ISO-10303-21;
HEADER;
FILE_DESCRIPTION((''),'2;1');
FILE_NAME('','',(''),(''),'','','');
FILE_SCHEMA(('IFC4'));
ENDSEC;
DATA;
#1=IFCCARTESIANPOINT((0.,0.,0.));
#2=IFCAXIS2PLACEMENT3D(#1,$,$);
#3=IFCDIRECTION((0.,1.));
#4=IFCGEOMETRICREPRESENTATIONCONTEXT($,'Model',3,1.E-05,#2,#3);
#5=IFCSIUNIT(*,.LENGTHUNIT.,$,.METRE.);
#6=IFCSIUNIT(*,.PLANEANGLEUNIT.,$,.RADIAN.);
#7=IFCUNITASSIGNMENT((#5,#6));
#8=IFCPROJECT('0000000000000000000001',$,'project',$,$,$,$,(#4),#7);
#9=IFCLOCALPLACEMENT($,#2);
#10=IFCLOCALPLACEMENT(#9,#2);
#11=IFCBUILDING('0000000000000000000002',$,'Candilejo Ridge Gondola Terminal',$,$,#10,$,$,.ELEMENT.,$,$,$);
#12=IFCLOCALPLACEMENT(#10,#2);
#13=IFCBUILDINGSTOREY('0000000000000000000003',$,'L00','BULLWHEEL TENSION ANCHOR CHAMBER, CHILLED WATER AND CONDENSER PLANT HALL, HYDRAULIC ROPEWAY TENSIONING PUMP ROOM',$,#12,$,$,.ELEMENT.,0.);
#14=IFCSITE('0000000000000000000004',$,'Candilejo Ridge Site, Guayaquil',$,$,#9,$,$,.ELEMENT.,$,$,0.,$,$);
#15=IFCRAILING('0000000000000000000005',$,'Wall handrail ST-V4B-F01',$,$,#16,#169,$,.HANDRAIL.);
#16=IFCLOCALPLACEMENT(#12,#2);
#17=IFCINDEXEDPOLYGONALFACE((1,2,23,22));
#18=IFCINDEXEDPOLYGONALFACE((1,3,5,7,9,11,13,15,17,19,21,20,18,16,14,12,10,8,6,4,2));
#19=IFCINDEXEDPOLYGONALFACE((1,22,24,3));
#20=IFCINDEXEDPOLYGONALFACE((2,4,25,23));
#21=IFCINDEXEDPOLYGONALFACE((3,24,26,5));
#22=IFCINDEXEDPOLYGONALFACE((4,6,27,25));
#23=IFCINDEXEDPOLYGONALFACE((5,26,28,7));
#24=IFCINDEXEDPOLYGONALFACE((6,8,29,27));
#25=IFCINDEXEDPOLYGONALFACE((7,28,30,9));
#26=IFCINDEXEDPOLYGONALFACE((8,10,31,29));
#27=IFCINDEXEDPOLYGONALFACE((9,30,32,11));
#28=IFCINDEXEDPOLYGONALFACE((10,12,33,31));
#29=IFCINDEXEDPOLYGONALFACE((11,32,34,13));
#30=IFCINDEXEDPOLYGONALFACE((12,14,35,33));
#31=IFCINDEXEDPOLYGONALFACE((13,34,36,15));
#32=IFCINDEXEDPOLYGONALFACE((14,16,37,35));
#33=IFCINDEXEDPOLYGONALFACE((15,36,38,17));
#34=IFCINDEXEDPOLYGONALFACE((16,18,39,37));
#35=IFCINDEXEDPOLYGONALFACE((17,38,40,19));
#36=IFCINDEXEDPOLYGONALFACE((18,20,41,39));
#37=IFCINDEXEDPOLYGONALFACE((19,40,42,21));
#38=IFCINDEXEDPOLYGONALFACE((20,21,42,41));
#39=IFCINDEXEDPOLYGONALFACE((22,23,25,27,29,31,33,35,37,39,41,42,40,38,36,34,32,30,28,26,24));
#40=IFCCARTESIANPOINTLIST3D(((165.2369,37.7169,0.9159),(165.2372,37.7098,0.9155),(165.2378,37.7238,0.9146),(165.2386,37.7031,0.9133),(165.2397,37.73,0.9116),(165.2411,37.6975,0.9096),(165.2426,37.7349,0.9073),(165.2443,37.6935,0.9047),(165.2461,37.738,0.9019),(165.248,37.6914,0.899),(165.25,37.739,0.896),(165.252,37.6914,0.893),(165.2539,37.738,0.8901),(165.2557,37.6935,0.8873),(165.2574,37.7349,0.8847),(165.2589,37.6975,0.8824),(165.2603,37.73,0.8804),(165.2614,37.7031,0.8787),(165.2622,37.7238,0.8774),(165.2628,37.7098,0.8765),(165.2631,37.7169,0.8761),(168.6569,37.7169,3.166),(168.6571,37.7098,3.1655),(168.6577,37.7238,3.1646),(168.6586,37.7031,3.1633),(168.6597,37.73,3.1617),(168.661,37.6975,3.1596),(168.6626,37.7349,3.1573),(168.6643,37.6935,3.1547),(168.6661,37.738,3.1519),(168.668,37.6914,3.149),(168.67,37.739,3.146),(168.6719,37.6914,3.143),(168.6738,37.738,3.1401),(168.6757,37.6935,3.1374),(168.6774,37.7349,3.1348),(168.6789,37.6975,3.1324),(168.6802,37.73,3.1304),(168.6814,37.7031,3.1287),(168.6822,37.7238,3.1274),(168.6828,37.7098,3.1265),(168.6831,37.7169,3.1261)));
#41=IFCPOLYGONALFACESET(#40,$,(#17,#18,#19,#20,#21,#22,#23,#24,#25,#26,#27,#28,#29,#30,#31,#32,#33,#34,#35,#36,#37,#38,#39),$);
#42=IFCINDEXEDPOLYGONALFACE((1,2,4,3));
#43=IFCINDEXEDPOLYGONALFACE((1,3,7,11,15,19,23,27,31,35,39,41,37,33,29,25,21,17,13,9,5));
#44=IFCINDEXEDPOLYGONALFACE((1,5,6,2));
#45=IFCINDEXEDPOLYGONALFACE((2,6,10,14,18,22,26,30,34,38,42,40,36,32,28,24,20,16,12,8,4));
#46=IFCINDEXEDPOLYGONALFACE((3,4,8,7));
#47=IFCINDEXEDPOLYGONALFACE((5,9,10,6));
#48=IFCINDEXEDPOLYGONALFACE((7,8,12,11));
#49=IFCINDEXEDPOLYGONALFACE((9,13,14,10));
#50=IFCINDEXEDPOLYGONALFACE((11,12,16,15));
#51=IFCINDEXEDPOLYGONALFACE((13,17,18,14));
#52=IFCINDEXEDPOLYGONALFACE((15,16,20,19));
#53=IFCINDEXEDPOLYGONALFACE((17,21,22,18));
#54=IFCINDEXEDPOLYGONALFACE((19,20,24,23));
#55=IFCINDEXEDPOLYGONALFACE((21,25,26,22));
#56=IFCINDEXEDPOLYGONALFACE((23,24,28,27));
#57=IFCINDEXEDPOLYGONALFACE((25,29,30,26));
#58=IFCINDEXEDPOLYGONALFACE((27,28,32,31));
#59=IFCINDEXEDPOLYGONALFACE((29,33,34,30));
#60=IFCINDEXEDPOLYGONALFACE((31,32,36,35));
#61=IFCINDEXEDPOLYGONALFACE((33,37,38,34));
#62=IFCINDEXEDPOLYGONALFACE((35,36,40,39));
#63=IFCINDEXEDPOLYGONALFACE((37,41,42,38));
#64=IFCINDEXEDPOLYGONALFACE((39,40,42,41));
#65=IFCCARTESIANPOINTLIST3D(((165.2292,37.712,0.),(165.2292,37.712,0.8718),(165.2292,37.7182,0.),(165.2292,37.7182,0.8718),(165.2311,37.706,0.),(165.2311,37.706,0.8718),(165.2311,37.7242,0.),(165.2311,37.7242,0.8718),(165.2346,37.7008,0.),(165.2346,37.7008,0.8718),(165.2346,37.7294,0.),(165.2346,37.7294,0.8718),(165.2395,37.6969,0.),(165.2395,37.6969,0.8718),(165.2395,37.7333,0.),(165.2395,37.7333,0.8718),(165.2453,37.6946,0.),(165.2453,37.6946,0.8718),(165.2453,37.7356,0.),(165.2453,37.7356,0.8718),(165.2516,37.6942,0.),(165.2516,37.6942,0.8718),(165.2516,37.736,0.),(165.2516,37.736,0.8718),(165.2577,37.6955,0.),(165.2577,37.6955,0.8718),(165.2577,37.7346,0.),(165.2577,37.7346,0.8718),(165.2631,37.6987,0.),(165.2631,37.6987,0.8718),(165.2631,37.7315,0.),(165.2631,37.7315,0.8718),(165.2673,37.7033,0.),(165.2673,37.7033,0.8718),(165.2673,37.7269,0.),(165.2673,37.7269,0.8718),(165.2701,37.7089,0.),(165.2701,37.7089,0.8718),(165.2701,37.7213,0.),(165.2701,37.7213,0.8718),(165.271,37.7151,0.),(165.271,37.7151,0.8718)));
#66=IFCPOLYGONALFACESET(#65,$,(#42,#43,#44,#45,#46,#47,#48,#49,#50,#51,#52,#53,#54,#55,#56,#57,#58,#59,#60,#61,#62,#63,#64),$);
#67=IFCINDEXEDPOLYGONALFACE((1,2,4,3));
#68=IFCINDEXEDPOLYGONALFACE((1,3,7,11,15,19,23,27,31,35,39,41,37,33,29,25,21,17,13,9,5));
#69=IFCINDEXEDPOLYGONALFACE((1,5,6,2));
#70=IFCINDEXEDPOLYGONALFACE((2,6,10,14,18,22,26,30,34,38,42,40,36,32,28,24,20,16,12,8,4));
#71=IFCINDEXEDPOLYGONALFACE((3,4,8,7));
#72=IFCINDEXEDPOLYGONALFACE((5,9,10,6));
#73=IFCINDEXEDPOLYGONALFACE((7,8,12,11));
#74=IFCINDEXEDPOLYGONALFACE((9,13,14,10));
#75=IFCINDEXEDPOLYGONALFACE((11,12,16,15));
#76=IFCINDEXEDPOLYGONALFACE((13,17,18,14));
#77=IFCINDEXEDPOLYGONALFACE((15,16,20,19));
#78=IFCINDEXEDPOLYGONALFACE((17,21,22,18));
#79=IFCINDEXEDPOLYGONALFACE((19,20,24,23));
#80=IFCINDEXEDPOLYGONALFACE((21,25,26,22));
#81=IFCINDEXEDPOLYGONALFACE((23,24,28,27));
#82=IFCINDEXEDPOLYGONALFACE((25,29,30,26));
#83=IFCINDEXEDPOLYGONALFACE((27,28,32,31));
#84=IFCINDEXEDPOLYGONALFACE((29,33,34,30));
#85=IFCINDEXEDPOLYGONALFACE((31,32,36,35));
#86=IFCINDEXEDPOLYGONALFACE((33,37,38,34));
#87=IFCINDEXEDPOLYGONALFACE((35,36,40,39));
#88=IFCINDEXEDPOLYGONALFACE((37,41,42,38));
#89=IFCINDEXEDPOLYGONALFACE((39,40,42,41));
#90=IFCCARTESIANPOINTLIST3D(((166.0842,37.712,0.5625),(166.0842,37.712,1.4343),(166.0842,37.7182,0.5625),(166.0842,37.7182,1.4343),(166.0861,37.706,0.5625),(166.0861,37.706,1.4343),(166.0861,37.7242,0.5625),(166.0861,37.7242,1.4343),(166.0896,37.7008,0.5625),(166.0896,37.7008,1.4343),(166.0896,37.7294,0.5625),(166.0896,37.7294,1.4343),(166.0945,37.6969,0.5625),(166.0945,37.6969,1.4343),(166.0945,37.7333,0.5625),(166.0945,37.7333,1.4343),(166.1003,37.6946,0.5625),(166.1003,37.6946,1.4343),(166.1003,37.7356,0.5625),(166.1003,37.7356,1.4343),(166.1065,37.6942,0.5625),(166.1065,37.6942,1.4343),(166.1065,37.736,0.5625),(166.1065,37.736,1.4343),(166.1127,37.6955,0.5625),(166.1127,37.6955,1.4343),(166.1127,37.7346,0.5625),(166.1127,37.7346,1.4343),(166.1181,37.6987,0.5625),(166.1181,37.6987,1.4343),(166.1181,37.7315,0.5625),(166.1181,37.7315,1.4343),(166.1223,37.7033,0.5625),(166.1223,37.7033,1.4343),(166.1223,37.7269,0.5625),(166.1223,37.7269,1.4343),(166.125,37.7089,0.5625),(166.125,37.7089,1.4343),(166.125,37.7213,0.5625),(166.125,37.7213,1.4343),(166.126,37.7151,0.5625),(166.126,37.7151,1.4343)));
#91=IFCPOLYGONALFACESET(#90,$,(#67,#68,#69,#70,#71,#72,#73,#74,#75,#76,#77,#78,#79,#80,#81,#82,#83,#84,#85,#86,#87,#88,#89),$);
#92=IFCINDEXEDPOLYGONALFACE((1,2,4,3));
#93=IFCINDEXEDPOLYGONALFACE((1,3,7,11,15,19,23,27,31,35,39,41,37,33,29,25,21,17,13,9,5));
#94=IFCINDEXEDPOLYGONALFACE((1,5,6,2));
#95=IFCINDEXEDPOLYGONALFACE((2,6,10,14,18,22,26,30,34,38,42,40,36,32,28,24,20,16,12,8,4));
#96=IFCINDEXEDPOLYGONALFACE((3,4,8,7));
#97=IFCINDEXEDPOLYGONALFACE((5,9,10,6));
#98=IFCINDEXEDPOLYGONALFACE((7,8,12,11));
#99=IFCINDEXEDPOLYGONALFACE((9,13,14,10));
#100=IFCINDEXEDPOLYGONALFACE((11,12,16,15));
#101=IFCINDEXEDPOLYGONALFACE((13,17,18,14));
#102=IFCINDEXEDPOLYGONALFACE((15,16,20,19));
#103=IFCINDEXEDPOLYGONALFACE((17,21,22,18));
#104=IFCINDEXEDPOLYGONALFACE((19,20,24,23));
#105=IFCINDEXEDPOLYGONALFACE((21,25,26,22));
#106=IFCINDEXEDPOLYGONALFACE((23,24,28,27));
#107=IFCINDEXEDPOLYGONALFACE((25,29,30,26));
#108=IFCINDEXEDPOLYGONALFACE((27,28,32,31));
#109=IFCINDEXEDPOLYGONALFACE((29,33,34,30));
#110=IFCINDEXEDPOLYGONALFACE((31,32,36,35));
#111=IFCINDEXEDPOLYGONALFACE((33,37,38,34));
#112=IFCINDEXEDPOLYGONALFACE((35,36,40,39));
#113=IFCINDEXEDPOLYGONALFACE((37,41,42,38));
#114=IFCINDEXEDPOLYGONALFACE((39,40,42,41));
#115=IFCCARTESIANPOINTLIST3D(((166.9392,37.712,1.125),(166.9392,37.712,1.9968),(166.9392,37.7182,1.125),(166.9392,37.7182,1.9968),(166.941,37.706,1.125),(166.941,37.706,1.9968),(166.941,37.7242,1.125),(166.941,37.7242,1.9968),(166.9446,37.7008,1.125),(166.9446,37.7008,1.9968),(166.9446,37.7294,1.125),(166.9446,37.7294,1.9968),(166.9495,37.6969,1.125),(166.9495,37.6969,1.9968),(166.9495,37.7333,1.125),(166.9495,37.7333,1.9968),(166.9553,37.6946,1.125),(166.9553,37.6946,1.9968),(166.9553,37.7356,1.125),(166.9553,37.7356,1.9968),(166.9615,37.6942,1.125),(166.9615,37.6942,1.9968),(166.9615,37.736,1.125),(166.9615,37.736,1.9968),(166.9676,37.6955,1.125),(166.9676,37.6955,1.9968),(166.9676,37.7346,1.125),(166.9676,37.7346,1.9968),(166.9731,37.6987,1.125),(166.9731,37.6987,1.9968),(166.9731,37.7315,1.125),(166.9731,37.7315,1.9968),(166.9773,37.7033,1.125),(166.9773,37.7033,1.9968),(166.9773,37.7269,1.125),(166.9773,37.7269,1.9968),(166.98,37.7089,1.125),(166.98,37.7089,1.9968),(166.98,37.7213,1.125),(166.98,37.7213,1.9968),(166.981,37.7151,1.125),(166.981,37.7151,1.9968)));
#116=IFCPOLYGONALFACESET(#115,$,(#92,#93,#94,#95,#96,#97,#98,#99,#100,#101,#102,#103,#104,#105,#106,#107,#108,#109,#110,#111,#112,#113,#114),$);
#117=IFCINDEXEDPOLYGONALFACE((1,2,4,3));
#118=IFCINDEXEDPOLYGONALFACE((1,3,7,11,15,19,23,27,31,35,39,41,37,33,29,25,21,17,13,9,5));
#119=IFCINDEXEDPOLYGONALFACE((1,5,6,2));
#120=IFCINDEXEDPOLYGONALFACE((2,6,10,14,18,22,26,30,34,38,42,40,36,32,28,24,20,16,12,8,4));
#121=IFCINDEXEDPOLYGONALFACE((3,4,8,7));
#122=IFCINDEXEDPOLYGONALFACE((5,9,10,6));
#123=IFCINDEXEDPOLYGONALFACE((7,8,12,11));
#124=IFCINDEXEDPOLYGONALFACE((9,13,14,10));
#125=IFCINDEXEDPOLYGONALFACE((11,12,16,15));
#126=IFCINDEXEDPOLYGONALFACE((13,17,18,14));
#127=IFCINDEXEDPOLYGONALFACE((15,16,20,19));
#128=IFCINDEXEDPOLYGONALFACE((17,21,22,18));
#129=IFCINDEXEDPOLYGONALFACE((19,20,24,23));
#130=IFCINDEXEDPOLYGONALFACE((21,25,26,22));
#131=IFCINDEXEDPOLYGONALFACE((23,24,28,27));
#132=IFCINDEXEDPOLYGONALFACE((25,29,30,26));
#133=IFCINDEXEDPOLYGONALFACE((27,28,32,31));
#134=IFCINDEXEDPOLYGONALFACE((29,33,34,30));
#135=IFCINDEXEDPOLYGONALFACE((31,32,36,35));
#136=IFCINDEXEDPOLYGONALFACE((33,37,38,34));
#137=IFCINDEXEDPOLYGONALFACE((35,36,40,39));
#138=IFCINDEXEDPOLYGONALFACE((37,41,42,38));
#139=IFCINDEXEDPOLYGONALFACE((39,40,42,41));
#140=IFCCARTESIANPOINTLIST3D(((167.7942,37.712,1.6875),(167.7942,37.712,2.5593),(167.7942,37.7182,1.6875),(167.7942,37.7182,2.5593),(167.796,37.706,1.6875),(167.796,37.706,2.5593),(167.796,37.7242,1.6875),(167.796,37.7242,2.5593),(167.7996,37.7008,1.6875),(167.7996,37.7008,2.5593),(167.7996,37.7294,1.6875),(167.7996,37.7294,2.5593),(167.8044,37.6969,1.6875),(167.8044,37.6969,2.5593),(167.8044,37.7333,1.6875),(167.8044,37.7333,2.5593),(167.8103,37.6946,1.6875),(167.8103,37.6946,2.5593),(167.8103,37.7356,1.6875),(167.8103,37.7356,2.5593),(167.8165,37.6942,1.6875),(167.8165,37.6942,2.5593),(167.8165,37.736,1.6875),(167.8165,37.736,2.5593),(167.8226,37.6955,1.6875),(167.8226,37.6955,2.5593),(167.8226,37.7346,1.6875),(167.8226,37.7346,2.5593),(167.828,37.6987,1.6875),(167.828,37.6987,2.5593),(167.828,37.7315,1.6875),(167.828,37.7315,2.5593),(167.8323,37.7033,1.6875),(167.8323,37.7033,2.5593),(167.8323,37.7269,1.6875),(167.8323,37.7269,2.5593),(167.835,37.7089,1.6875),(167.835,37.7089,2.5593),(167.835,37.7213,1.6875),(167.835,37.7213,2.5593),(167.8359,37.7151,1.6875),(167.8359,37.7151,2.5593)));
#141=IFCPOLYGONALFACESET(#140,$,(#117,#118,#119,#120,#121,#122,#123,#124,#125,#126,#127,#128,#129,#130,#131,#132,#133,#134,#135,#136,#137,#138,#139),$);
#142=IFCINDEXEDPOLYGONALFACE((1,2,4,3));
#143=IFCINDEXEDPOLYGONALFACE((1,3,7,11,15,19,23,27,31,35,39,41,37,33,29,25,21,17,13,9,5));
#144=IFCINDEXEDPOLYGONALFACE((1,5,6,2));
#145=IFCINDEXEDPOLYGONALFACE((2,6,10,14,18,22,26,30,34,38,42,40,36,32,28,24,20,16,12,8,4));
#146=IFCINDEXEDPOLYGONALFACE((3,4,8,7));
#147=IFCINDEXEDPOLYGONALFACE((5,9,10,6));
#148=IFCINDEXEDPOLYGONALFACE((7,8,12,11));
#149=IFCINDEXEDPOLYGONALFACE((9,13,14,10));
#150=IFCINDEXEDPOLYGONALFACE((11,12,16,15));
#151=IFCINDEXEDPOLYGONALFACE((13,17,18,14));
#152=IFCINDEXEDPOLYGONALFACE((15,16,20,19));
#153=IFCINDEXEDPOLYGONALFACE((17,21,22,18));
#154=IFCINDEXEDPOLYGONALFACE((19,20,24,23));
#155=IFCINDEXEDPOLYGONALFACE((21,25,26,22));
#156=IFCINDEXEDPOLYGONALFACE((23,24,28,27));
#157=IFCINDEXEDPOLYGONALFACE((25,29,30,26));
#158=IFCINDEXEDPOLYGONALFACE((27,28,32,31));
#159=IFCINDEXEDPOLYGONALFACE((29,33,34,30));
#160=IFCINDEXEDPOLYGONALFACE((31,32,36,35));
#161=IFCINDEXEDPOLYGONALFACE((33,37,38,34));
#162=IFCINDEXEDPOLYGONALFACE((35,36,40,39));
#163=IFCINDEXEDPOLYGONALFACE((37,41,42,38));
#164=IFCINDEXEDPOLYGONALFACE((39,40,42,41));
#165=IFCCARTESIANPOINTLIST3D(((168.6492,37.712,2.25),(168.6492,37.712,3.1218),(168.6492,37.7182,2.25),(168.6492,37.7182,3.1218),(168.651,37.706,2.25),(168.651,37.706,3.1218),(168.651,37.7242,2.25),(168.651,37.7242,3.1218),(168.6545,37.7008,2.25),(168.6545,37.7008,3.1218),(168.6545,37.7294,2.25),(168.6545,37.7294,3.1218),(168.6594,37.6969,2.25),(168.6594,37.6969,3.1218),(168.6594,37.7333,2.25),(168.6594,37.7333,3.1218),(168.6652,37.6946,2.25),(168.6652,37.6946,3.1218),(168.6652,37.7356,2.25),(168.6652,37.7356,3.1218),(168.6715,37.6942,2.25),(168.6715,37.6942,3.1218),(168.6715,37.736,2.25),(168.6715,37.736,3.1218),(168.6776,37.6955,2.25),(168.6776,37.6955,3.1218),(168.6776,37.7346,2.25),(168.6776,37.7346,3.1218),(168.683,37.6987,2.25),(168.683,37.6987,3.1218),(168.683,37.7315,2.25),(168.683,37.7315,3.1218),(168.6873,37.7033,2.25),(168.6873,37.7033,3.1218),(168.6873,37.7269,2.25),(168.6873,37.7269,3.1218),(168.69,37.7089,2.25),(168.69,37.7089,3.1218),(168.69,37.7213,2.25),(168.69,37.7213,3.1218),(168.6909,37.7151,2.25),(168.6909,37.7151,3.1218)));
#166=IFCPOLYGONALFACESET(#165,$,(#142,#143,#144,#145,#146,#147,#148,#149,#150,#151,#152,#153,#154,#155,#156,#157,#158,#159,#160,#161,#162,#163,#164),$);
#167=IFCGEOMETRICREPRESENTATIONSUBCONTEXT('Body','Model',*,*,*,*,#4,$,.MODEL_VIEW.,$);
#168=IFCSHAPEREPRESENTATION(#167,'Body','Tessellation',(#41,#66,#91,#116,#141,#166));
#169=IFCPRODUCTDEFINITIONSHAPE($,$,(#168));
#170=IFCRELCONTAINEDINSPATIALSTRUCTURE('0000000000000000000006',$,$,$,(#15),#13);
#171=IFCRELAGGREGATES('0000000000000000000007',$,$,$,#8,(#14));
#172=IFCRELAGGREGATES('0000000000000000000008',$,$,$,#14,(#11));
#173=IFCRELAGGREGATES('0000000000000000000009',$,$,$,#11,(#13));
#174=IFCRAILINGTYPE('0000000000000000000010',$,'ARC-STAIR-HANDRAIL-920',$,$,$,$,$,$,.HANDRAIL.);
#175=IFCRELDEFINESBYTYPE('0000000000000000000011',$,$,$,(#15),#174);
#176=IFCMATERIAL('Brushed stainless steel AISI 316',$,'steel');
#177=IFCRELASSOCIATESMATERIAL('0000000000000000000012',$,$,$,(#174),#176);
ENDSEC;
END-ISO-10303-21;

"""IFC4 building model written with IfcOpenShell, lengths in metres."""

from ifc_helpers import new_model, si_unit, direction, frame, origin, origin_2d, place, context, subcontext, project, spatial, circle, extrude, material, type_object, element, save


model = new_model("IFC4")

# Units and contexts
model_context = context("Model", 3, precision=1e-05, world=origin(), true_north=direction((0.0, 1.0)))
body_context = subcontext(model_context, "Body", "Model", "MODEL_VIEW")
ifc_project = project(units=[si_unit("LENGTHUNIT", "METRE"), si_unit("PLANEANGLEUNIT", "RADIAN")], contexts=[model_context])

# Site, building, storey
site_placement = place(None, origin())
site = spatial("IfcSite", under=ifc_project, at=site_placement, Name="Candilejo Ridge Site, Guayaquil", CompositionType="ELEMENT", RefElevation=0.0)
building_placement = place(site_placement, origin())
building = spatial("IfcBuilding", under=site, at=building_placement, Name="Candilejo Ridge Gondola Terminal", CompositionType="ELEMENT")
storey_placement = place(building_placement, origin())
storey = spatial("IfcBuildingStorey", under=building, at=storey_placement, Name="L00", Description="BULLWHEEL TENSION ANCHOR CHAMBER, CHILLED WATER AND CONDENSER PLANT HALL, HYDRAULIC ROPEWAY TENSIONING PUMP ROOM", CompositionType="ELEMENT", Elevation=0.0)

# Railing
ifc_material_1 = material(Name="Brushed stainless steel AISI 316", Category="steel")
railing_type_1 = type_object("IfcRailingType", Name="ARC-STAIR-HANDRAIL-920", PredefinedType="HANDRAIL", material=ifc_material_1)
railing_1_placement = place(storey_placement, frame((165.25, 37.7151, 0.0)))
element("IfcRailing", 1, at=railing_1_placement, inside=storey, type_object=railing_type_1, Name="Wall handrail ST-V4B-F01", PredefinedType="HANDRAIL", context=body_context, shape_type="SweptSolid", body=[
    extrude(circle(Radius=0.0239, at=origin_2d()), frame((0.0, 0.0, 0.896), z_axis=(0.835411, 0.0, 0.549625), x_axis=(0.0, 1.0, 0.0)), (0.0, 0.0, 1.0), 4.0938),
    extrude(circle(Radius=0.021, at=origin_2d()), origin(), (0.0, 0.0, 1.0), 0.8718),
    extrude(circle(Radius=0.021, at=origin_2d()), frame((0.855, 0.0, 0.5625)), (0.0, 0.0, 1.0), 0.8718),
    extrude(circle(Radius=0.021, at=origin_2d()), frame((1.71, 0.0, 1.125)), (0.0, 0.0, 1.0), 0.8718),
    extrude(circle(Radius=0.021, at=origin_2d()), frame((2.5649, 0.0, 1.6875)), (0.0, 0.0, 1.0), 0.8718),
    extrude(circle(Radius=0.021, at=origin_2d()), frame((3.4199, 0.0, 2.25)), (0.0, 0.0, 1.0), 0.8718),
])

save(model, "model.ifc")
